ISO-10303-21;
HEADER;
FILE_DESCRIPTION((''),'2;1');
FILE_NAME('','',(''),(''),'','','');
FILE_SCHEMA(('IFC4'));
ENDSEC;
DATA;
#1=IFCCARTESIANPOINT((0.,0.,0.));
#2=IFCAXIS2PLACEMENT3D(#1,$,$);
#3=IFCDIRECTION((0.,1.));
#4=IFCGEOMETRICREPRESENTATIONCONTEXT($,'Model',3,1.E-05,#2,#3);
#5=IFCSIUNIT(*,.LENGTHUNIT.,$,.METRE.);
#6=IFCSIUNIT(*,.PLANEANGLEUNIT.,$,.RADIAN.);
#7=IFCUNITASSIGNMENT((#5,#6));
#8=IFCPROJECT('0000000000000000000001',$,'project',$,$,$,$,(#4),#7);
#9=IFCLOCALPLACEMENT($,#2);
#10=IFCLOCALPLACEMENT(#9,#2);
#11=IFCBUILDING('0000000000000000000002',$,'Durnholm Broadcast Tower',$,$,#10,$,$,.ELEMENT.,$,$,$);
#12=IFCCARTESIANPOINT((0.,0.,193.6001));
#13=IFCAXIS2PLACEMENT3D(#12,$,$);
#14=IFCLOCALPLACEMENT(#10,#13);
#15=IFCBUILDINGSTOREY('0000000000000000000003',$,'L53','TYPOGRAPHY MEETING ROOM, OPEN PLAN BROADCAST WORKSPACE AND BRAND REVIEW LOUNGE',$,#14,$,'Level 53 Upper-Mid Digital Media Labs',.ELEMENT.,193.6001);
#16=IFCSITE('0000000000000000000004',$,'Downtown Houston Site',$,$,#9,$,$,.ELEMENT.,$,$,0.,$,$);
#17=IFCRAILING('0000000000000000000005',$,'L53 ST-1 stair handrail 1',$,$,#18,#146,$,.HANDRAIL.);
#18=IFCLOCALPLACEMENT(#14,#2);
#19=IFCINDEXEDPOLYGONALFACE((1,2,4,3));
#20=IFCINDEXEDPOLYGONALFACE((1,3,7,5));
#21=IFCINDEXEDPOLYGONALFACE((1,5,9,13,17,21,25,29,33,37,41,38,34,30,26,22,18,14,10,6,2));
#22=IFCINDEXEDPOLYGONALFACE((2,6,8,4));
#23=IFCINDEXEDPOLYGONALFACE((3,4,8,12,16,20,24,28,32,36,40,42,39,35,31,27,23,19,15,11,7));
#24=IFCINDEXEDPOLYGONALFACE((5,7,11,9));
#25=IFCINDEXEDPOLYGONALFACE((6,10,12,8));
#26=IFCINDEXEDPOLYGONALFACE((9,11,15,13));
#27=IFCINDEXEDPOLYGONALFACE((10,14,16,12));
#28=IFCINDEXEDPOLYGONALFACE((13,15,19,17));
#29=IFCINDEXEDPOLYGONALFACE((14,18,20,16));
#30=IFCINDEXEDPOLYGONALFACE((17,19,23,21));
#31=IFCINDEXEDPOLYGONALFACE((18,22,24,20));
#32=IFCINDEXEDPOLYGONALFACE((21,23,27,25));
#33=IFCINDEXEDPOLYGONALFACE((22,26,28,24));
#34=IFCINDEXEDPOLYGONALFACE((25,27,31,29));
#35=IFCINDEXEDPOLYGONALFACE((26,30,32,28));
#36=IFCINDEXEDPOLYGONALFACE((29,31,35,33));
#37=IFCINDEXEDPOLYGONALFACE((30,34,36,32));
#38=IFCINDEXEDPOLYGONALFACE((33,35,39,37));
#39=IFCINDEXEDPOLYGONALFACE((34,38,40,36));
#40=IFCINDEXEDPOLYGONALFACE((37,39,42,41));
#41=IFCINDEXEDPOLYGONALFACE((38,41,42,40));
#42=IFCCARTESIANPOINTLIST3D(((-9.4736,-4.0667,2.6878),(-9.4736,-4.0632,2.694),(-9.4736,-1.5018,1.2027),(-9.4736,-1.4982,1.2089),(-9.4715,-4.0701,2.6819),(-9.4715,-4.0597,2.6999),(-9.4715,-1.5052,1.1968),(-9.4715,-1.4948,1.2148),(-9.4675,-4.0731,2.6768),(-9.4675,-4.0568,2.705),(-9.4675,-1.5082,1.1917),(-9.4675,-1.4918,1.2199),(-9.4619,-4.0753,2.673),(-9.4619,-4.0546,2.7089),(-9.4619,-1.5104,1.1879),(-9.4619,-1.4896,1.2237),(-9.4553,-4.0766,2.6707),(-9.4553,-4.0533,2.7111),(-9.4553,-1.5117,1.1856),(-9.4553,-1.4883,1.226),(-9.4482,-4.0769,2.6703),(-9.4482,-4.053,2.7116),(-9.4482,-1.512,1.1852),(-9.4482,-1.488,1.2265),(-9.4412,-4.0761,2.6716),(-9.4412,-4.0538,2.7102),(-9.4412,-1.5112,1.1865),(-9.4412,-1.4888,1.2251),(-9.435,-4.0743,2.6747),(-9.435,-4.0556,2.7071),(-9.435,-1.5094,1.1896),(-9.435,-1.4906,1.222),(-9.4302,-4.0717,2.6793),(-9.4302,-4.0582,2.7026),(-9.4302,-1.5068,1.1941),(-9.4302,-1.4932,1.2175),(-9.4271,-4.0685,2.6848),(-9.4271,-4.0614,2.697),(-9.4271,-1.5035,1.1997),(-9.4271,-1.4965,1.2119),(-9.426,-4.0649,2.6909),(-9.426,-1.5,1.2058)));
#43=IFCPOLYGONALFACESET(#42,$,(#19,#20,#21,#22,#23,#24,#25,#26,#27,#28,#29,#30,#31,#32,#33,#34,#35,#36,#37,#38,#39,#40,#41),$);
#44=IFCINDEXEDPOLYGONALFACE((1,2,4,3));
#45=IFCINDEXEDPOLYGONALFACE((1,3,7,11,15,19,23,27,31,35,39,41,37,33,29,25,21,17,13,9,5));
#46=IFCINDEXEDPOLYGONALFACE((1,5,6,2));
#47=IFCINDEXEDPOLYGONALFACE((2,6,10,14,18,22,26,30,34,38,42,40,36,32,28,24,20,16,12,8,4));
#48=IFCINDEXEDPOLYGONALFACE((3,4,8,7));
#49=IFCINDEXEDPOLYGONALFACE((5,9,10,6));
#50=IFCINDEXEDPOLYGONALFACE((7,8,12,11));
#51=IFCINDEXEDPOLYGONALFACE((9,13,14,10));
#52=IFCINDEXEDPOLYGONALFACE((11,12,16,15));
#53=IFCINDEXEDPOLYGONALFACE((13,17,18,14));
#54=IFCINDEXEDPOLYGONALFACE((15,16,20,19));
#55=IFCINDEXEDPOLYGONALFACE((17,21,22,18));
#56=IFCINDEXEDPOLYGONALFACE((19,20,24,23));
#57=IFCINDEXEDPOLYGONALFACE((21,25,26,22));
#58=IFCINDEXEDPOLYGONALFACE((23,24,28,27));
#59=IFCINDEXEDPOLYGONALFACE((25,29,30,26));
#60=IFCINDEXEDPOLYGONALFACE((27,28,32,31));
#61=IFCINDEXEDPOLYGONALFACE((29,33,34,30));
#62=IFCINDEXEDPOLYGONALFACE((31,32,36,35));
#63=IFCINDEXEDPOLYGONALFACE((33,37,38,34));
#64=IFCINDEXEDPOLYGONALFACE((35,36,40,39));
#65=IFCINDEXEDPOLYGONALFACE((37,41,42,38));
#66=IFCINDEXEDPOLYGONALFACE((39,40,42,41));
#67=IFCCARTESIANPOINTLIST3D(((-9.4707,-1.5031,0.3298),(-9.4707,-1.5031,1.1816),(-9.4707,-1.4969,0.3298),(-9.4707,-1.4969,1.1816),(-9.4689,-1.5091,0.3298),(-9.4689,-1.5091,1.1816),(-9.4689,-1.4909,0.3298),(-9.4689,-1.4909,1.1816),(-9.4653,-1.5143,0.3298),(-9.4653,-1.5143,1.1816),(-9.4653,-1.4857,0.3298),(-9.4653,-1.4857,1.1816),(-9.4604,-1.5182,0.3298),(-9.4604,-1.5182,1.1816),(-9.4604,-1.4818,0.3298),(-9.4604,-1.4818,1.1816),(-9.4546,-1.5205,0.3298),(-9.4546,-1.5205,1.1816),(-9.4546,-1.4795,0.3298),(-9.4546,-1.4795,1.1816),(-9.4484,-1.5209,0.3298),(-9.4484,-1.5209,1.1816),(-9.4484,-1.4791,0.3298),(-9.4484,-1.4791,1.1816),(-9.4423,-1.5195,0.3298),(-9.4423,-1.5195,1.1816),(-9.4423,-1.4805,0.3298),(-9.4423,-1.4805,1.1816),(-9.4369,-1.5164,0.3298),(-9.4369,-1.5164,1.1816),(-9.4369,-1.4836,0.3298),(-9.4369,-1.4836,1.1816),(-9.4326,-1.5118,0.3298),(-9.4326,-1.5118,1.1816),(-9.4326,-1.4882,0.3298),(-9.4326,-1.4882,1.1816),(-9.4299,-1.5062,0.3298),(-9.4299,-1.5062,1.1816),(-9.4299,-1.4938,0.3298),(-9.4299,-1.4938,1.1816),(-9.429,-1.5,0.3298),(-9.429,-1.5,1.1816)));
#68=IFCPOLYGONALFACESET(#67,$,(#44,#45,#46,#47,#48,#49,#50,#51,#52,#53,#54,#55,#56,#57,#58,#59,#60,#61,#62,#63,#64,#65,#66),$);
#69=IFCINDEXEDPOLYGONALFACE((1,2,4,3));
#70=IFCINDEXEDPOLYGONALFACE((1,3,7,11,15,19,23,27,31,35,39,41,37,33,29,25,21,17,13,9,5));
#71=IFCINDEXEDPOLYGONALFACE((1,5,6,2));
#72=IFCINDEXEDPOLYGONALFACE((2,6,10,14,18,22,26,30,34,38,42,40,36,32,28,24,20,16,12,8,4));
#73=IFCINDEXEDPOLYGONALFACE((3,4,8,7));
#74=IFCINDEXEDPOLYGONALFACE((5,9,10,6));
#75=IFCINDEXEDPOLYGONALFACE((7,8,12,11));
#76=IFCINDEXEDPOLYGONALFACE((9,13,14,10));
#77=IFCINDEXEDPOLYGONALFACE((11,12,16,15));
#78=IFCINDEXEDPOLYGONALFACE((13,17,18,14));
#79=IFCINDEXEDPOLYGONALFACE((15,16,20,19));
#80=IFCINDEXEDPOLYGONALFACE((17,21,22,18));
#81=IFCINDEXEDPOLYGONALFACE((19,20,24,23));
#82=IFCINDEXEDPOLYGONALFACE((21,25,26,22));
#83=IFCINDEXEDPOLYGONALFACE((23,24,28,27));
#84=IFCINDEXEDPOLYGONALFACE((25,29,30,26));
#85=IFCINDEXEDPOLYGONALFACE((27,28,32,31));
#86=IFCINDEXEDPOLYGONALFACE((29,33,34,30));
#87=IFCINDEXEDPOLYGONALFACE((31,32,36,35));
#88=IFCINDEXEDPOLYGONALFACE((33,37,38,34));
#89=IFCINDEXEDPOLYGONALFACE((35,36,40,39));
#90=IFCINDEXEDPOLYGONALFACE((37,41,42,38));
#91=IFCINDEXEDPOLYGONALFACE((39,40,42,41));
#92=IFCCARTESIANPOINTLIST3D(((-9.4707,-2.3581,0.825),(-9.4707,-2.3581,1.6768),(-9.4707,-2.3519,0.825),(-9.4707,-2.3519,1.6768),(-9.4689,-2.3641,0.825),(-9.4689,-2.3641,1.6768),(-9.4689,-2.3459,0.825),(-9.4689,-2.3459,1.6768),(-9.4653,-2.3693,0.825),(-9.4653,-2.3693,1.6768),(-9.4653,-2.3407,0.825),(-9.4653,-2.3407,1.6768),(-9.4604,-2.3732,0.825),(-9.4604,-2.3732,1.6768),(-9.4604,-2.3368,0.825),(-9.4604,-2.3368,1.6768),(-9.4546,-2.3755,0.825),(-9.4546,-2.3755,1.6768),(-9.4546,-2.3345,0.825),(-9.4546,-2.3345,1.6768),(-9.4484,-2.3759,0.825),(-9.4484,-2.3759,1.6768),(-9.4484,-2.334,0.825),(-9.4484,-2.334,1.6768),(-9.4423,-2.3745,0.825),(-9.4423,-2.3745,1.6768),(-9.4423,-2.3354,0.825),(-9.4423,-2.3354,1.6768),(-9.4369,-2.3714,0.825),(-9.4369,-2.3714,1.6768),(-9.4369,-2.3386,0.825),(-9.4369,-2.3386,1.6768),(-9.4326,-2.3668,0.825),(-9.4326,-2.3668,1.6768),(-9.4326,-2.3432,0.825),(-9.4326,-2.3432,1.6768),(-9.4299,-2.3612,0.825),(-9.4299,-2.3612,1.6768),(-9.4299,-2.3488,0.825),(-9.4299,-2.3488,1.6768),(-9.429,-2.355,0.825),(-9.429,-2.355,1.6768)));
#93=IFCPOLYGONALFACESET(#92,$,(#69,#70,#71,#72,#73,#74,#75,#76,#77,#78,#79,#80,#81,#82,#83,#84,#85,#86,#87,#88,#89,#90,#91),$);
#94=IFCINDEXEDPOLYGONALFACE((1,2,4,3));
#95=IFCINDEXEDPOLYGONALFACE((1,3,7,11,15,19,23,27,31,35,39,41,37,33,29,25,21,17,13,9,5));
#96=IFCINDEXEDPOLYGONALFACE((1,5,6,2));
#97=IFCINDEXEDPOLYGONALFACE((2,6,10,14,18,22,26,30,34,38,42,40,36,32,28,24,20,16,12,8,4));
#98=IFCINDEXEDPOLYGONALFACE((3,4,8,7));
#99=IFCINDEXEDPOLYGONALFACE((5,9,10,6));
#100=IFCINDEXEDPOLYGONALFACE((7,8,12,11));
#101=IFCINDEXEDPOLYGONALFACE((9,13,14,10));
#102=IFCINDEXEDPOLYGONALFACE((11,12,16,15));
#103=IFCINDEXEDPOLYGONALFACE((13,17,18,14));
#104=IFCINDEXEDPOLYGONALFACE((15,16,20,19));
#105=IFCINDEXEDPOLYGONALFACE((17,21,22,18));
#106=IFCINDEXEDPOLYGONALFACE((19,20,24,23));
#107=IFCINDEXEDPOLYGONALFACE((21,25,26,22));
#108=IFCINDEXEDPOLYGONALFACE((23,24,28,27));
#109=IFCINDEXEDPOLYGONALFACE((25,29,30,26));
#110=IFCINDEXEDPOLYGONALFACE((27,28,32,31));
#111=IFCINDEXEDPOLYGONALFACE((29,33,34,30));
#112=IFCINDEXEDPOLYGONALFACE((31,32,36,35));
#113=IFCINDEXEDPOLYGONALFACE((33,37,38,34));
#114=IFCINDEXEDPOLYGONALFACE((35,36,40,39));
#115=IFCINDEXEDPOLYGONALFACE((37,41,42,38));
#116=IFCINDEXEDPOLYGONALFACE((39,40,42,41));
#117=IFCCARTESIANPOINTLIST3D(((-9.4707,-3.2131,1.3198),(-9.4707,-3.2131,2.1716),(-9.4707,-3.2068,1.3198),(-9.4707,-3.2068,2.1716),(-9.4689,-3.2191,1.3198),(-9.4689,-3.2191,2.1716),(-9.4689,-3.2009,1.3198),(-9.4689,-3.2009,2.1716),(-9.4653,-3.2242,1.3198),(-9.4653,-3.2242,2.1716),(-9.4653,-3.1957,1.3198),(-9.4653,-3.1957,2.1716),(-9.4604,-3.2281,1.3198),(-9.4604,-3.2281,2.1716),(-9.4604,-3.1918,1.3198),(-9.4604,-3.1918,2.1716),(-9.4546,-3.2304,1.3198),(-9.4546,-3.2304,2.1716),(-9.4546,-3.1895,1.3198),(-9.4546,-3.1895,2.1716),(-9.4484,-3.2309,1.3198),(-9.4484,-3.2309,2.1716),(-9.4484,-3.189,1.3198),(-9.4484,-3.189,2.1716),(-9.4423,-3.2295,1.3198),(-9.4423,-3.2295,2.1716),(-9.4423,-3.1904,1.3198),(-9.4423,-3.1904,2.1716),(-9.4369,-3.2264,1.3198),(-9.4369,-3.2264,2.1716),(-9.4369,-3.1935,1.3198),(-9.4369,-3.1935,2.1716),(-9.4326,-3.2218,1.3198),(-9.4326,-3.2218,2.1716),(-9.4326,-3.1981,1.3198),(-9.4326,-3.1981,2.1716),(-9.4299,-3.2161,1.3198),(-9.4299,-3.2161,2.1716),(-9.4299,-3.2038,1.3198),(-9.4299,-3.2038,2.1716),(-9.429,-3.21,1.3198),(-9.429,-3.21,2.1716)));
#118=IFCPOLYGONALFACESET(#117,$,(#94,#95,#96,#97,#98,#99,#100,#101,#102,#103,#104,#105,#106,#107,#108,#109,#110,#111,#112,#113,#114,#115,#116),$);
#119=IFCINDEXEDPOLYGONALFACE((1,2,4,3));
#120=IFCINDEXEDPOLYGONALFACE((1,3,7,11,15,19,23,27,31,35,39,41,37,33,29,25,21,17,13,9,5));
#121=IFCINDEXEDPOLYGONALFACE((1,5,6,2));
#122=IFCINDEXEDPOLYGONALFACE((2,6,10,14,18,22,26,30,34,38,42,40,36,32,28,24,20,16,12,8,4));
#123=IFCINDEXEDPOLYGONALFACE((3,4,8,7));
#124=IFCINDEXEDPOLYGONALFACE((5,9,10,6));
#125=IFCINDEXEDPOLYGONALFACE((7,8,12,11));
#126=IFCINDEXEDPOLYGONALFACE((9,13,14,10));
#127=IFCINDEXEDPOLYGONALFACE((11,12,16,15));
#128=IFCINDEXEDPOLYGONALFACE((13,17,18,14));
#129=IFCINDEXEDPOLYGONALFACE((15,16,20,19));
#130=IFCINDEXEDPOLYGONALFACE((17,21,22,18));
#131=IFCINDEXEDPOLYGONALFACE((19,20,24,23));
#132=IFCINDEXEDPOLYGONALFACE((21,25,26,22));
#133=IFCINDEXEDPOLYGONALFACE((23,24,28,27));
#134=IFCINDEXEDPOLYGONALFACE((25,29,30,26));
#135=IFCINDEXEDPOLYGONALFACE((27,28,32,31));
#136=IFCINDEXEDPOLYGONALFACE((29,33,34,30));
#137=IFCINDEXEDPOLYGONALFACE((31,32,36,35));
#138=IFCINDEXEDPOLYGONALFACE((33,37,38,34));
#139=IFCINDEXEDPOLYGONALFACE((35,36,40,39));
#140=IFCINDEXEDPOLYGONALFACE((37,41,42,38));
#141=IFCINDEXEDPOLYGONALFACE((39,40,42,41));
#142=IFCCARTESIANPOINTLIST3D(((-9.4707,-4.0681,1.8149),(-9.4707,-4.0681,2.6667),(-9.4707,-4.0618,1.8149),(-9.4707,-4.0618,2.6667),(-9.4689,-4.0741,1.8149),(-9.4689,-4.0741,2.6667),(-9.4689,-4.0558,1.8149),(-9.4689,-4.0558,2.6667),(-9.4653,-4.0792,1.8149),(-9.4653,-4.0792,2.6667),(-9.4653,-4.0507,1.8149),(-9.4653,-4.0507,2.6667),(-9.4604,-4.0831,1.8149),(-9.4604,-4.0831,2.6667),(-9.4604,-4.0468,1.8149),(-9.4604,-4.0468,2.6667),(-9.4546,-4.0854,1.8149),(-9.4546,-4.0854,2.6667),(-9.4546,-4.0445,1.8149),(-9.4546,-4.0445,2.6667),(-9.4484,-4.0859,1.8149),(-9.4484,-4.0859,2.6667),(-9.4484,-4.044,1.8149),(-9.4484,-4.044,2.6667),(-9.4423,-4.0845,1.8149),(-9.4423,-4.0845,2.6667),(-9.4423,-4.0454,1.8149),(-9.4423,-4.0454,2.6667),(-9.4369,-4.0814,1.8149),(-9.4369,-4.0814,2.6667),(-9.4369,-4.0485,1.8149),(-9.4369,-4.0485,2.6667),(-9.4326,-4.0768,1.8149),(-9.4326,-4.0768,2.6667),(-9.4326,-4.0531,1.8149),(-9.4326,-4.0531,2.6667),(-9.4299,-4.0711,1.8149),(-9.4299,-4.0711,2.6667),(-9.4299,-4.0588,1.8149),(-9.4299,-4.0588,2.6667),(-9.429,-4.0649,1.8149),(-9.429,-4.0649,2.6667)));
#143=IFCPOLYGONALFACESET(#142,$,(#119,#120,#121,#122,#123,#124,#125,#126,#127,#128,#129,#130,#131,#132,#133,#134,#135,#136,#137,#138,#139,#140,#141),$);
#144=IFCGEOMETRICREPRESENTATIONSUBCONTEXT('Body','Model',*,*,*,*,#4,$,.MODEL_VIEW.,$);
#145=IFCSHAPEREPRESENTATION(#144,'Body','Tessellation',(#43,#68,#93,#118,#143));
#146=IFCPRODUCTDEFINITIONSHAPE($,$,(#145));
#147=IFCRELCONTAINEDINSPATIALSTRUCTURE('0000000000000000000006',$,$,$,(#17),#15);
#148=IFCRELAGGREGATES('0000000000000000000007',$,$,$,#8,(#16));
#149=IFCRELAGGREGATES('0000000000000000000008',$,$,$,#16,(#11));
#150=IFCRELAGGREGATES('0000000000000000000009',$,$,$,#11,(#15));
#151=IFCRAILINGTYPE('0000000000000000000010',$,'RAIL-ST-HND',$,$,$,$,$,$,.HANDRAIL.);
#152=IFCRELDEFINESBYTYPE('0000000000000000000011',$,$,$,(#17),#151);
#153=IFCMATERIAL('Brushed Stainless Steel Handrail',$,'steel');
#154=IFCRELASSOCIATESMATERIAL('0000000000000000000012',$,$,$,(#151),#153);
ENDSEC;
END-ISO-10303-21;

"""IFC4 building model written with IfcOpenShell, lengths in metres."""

from ifc_helpers import new_model, si_unit, direction, frame, origin, origin_2d, place, context, subcontext, project, spatial, circle, extrude, material, type_object, element, save


model = new_model("IFC4")

# Units and contexts
model_context = context("Model", 3, precision=1e-05, world=origin(), true_north=direction((0.0, 1.0)))
body_context = subcontext(model_context, "Body", "Model", "MODEL_VIEW")
ifc_project = project(units=[si_unit("LENGTHUNIT", "METRE"), si_unit("PLANEANGLEUNIT", "RADIAN")], contexts=[model_context])

# Site, building, storey
site_placement = place(None, origin())
site = spatial("IfcSite", under=ifc_project, at=site_placement, Name="Downtown Houston Site", CompositionType="ELEMENT", RefElevation=0.0)
building_placement = place(site_placement, origin())
building = spatial("IfcBuilding", under=site, at=building_placement, Name="Durnholm Broadcast Tower", CompositionType="ELEMENT")
storey_placement = place(building_placement, frame((0.0, 0.0, 193.6001)))
storey = spatial("IfcBuildingStorey", under=building, at=storey_placement, Name="L53", Description="TYPOGRAPHY MEETING ROOM, OPEN PLAN BROADCAST WORKSPACE AND BRAND REVIEW LOUNGE", LongName="Level 53 Upper-Mid Digital Media Labs", CompositionType="ELEMENT", Elevation=193.6001)

# Railing
ifc_material_1 = material(Name="Brushed Stainless Steel Handrail", Category="steel")
railing_type = type_object("IfcRailingType", Name="RAIL-ST-HND", PredefinedType="HANDRAIL", material=ifc_material_1)
railing_placement = place(storey_placement, frame((-9.45, -1.5, 0.3298)))
element("IfcRailing", 1, at=railing_placement, inside=storey, type_object=railing_type, Name="L53 ST-1 stair handrail 1", PredefinedType="HANDRAIL", context=body_context, shape_type="SweptSolid", body=[
    extrude(circle(Radius=0.0239, at=origin_2d()), frame((0.0, 0.0, 0.876), z_axis=(0.0, -0.865406, 0.501072), x_axis=(1.0, 0.0, 0.0)), (0.0, 0.0, 1.0), 2.9639),
    extrude(circle(Radius=0.021, at=origin_2d()), origin(), (0.0, 0.0, 1.0), 0.8518),
    extrude(circle(Radius=0.021, at=origin_2d()), frame((0.0, -0.855, 0.4951)), (0.0, 0.0, 1.0), 0.8518),
    extrude(circle(Radius=0.021, at=origin_2d()), frame((0.0, -1.71, 0.99)), (0.0, 0.0, 1.0), 0.8518),
    extrude(circle(Radius=0.021, at=origin_2d()), frame((0.0, -2.5649, 1.4851)), (0.0, 0.0, 1.0), 0.8518),
])

save(model, "model.ifc")
